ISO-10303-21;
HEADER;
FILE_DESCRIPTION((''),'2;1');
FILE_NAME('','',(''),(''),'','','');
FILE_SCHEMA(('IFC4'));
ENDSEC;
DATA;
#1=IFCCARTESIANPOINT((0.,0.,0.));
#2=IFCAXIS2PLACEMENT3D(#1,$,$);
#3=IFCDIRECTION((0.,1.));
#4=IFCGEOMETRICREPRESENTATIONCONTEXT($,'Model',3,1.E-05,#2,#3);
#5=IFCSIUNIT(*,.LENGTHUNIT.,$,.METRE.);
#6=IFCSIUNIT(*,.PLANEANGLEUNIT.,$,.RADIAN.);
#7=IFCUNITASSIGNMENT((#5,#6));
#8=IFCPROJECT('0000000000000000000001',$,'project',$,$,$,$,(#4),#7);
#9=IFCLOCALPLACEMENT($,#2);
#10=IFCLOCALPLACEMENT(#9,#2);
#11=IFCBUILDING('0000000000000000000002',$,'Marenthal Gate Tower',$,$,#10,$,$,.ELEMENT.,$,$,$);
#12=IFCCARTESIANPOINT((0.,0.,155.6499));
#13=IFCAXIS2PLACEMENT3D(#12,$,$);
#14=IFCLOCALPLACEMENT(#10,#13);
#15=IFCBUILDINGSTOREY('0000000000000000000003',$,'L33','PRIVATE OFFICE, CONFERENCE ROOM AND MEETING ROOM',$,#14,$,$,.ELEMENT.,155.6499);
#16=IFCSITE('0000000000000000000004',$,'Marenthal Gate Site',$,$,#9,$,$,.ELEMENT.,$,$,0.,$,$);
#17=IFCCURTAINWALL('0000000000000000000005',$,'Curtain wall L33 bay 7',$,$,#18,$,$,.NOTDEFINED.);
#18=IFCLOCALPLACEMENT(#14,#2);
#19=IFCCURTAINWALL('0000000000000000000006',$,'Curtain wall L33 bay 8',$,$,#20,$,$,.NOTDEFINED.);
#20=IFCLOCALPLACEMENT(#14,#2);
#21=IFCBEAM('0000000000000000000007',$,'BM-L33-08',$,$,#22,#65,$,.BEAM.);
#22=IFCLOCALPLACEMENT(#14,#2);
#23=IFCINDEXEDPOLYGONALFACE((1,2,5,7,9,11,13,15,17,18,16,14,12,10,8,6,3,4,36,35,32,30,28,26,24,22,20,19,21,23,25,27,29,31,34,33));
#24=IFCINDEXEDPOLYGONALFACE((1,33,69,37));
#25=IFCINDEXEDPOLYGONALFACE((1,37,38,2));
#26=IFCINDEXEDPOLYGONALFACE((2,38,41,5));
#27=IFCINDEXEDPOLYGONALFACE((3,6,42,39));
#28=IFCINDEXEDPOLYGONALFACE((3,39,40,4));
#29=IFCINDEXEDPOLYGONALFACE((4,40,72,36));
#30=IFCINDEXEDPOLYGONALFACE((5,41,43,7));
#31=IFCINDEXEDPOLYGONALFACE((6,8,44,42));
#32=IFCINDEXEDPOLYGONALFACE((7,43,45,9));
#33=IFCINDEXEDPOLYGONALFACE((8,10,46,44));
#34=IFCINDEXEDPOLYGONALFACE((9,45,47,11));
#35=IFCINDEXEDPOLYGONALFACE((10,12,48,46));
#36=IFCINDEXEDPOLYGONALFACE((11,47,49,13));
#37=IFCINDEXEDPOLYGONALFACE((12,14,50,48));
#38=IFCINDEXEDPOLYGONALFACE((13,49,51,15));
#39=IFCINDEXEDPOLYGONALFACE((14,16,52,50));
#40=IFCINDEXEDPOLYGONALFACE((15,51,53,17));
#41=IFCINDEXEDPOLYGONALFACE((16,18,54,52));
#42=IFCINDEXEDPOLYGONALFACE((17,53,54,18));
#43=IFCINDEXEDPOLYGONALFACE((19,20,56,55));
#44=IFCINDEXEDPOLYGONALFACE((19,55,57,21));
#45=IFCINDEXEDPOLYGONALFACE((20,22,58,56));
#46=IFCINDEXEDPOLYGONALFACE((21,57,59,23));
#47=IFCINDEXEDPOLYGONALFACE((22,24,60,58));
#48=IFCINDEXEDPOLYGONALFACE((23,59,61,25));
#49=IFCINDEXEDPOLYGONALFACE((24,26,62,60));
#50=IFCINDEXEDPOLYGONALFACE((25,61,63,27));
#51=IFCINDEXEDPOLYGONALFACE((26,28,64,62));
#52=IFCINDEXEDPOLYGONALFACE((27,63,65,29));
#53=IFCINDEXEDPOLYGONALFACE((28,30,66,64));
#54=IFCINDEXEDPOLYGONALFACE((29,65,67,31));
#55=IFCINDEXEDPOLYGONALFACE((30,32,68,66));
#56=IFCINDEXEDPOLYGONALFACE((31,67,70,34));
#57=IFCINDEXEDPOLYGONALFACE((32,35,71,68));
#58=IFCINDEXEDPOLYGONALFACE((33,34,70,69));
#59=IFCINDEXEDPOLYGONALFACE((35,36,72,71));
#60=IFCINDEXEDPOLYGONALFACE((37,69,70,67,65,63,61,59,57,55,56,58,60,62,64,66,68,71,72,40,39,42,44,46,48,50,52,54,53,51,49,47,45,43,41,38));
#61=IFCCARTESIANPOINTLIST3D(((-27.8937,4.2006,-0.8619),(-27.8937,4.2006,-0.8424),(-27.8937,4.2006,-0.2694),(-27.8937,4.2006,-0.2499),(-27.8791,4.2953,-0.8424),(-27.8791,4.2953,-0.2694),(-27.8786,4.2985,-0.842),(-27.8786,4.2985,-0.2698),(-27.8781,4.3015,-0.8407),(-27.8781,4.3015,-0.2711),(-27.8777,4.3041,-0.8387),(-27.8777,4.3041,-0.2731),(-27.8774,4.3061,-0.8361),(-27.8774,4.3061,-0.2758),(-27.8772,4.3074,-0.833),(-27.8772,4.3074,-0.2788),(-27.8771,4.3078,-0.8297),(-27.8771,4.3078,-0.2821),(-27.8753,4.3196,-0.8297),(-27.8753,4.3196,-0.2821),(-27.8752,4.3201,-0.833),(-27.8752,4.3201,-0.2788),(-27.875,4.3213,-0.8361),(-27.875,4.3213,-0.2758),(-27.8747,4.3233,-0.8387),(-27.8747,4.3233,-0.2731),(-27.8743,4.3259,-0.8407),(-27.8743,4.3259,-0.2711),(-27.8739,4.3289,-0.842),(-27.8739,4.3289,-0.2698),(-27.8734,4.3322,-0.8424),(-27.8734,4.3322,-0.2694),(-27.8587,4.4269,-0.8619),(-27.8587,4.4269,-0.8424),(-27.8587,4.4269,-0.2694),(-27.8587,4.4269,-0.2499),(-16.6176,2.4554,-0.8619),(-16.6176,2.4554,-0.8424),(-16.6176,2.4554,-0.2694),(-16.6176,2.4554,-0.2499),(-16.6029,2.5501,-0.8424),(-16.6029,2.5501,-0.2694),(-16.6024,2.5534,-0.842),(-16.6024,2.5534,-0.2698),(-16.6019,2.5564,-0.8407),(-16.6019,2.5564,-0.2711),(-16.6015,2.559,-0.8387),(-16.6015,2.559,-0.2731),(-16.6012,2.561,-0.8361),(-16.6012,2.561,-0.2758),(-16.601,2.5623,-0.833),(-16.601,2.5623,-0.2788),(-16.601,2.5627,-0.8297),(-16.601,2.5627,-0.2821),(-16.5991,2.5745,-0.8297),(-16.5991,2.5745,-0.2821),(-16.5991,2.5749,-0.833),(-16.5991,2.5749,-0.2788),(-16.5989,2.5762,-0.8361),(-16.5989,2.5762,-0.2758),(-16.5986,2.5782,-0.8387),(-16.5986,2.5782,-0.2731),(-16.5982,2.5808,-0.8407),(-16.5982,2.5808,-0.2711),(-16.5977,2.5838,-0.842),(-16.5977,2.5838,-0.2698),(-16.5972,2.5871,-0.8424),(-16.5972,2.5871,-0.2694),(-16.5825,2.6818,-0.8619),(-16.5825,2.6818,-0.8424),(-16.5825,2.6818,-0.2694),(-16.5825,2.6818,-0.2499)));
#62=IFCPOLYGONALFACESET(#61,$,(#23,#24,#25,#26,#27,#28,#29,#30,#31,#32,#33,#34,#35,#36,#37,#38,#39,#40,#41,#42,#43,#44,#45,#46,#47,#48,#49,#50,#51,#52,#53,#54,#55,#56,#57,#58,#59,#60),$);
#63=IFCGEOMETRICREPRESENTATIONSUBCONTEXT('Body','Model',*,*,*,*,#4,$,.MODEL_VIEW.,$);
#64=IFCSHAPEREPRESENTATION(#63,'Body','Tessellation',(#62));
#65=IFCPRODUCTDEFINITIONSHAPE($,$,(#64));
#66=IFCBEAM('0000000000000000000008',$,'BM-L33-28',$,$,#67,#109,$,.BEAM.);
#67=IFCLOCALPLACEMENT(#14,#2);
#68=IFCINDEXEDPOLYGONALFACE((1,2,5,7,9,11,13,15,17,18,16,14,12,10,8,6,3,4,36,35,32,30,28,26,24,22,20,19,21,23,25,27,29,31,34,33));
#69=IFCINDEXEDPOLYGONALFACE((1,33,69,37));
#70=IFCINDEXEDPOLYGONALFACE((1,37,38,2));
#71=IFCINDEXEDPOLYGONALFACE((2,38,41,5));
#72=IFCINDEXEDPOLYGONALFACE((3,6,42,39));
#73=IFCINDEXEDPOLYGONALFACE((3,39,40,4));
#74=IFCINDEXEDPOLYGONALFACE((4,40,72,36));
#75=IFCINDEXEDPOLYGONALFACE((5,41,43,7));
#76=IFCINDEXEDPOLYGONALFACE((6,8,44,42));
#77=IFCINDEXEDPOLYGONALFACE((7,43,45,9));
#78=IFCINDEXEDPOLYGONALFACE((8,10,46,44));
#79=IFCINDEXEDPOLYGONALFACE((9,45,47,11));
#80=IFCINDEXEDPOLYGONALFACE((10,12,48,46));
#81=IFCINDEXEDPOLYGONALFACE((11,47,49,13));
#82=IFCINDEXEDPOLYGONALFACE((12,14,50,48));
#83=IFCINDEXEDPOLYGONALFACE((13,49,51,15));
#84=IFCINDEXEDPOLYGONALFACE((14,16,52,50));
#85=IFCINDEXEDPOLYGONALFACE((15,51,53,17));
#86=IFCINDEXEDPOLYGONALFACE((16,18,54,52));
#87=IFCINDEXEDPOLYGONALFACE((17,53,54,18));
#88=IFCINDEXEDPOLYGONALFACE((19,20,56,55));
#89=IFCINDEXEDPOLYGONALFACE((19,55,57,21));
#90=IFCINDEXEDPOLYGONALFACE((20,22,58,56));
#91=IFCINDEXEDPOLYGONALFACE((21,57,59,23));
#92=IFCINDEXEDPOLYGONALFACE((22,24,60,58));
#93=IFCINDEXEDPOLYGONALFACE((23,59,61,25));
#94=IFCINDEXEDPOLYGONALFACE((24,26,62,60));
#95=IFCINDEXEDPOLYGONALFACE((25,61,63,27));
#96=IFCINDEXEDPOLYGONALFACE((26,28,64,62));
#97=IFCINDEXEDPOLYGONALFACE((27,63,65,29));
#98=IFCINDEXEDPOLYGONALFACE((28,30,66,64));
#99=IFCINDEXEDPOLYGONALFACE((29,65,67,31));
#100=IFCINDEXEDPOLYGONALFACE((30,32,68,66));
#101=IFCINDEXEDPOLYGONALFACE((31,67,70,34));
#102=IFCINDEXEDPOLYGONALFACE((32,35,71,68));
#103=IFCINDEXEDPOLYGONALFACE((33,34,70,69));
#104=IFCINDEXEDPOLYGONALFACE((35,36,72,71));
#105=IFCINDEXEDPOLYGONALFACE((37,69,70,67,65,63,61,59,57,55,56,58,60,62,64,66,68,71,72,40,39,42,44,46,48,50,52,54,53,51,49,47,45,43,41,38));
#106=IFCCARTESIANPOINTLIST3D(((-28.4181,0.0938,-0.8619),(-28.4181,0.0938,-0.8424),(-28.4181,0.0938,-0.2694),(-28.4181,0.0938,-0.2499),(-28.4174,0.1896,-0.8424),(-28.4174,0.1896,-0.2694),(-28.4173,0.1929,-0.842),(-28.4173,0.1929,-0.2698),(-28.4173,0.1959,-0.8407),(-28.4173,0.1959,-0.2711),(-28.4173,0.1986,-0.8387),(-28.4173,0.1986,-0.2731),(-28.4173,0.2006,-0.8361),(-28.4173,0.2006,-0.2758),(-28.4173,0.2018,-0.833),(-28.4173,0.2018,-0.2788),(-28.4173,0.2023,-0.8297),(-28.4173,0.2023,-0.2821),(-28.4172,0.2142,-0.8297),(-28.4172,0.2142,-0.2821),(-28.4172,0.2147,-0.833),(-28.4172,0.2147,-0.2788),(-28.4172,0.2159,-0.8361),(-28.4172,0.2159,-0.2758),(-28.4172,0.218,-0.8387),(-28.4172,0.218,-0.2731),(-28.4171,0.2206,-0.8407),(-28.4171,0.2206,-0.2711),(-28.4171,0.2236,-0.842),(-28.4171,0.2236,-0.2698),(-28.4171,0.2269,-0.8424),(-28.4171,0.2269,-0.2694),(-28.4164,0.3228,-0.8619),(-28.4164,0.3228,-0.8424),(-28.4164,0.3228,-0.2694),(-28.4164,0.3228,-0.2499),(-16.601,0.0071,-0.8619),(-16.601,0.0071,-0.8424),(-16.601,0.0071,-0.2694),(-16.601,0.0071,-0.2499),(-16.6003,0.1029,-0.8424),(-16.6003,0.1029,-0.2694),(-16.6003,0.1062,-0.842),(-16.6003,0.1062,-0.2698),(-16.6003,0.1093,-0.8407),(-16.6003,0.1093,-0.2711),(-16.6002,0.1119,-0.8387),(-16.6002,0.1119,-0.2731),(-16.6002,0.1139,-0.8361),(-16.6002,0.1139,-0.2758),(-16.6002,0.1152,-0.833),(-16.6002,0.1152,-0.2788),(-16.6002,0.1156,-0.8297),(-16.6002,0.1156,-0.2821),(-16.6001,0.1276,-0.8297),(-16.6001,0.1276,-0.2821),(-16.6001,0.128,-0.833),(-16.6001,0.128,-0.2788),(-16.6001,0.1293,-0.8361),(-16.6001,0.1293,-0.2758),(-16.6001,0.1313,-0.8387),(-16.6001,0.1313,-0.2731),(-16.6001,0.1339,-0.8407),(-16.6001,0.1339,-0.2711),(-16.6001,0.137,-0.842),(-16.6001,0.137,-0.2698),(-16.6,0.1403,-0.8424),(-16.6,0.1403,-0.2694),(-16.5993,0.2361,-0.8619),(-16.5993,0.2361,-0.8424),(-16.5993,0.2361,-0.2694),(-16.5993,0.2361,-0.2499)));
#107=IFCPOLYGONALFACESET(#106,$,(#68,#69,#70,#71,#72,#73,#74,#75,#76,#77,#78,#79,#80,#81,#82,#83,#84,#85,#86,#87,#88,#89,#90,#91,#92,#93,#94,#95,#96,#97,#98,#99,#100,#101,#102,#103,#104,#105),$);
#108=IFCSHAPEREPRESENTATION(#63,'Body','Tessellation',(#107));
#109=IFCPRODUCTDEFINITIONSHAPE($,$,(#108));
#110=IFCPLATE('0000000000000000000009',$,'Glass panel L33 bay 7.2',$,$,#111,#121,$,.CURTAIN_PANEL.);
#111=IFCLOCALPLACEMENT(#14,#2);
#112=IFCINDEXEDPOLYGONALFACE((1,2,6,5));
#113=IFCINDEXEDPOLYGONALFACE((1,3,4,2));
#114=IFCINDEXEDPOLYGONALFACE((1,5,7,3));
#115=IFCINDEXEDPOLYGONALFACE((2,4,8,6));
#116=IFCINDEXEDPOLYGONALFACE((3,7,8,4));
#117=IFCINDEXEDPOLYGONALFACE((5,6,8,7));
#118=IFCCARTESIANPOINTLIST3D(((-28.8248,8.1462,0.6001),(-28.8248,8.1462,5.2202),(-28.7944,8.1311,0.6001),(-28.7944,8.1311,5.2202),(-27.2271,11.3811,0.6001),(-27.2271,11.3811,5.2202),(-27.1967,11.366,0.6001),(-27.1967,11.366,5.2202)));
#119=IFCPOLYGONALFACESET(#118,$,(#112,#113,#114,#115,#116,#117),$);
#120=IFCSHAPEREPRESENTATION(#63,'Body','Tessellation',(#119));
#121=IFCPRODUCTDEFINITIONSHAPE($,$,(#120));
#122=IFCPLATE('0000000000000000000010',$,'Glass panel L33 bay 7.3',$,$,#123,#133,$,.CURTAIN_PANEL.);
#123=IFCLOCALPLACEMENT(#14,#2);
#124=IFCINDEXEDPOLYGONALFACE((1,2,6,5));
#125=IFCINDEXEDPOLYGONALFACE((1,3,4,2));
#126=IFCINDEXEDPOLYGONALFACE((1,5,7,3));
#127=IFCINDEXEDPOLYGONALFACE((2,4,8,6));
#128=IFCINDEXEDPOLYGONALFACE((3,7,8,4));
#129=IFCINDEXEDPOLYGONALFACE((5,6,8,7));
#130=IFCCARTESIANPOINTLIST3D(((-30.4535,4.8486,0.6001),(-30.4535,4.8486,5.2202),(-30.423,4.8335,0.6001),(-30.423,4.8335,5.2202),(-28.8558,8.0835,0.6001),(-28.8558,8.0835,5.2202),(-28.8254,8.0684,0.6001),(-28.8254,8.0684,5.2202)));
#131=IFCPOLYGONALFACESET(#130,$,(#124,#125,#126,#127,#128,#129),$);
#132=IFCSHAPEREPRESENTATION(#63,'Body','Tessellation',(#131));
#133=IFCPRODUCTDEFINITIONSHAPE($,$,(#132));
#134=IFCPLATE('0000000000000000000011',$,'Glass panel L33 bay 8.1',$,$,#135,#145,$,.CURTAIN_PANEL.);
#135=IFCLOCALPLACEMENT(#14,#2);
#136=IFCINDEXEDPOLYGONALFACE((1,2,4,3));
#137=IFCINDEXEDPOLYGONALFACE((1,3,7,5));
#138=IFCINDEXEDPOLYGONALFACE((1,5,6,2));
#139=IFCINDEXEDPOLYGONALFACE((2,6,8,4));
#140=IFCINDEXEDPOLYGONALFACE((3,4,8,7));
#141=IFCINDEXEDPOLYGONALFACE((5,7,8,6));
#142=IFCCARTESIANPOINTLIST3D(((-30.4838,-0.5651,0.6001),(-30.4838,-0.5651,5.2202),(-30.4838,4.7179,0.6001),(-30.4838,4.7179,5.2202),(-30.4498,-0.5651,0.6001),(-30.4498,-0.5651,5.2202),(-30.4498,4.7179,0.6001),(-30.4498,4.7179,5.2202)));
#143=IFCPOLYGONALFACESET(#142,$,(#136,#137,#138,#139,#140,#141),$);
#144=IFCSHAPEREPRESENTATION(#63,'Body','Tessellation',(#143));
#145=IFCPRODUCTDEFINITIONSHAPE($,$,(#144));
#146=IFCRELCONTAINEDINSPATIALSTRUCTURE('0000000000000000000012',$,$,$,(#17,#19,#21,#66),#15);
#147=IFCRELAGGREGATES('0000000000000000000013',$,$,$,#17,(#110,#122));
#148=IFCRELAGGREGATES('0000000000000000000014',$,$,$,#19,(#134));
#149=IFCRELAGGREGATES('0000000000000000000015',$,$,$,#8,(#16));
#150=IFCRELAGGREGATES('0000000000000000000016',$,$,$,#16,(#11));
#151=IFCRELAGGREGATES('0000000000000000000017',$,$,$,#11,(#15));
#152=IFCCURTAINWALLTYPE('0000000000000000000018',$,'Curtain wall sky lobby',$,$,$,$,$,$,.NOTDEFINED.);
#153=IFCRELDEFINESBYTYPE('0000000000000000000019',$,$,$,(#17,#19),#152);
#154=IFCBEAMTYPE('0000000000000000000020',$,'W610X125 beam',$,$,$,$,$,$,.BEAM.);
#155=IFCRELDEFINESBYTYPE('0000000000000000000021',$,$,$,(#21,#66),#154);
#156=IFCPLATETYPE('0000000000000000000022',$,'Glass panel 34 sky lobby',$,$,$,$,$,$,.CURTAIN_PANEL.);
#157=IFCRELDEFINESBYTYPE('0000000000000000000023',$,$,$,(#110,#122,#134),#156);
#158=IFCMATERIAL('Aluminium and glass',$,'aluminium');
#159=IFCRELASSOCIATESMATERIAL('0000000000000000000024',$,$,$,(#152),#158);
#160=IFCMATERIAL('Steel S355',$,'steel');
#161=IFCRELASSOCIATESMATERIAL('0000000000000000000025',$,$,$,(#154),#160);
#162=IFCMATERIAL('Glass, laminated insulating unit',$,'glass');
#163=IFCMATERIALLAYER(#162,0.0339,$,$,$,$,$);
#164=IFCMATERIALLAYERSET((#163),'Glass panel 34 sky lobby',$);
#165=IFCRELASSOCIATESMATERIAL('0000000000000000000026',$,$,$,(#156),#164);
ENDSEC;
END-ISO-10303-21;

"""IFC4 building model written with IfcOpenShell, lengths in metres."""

from ifc_helpers import new_model, si_unit, direction, frame, origin, origin_2d, place, context, subcontext, project, spatial, rectangle, i_section, extrude, material, layer, layer_set, material_profile, profile_set, type_object, element, aggregate, save


model = new_model("IFC4")

# Units and contexts
model_context = context("Model", 3, precision=1e-05, world=origin(), true_north=direction((0.0, 1.0)))
body_context = subcontext(model_context, "Body", "Model", "MODEL_VIEW")
ifc_project = project(units=[si_unit("LENGTHUNIT", "METRE"), si_unit("PLANEANGLEUNIT", "RADIAN")], contexts=[model_context])

# Site, building, storey
site_placement = place(None, origin())
site = spatial("IfcSite", under=ifc_project, at=site_placement, Name="Marenthal Gate Site", CompositionType="ELEMENT", RefElevation=0.0)
building_placement = place(site_placement, origin())
building = spatial("IfcBuilding", under=site, at=building_placement, Name="Marenthal Gate Tower", CompositionType="ELEMENT")
storey_placement = place(building_placement, frame((0.0, 0.0, 155.6499)))
storey = spatial("IfcBuildingStorey", under=building, at=storey_placement, Name="L33", Description="PRIVATE OFFICE, CONFERENCE ROOM AND MEETING ROOM", CompositionType="ELEMENT", Elevation=155.6499)

# Curtain walls
ifc_material_1 = material(Name="Aluminium and glass", Category="aluminium")
curtain_wall_type = type_object("IfcCurtainWallType", Name="Curtain wall sky lobby", PredefinedType="NOTDEFINED", material=ifc_material_1)
curtain_wall_1_placement = place(storey_placement, origin())
curtain_wall_1 = element("IfcCurtainWall", 1, at=curtain_wall_1_placement, inside=storey, type_object=curtain_wall_type, Name="Curtain wall L33 bay 7", PredefinedType="NOTDEFINED")
curtain_wall_2_placement = place(storey_placement, origin())
curtain_wall_2 = element("IfcCurtainWall", 2, at=curtain_wall_2_placement, inside=storey, type_object=curtain_wall_type, Name="Curtain wall L33 bay 8", PredefinedType="NOTDEFINED")

# Beams
ifc_material_2 = material(Name="Steel S355", Category="steel")
ifc_material_profile_1 = material_profile(ifc_material_2, i_section(OverallWidth=0.229, OverallDepth=0.6121, WebThickness=0.012, FlangeThickness=0.0195, FilletRadius=0.0127, at=origin_2d()), Name="W610X125")
ifc_profile_set_1 = profile_set([ifc_material_profile_1], Name="Steel S355")
beam_type_1 = type_object("IfcBeamType", Name="W610X125 beam", PredefinedType="BEAM", material=ifc_profile_set_1)
beam_1_placement = place(storey_placement, frame((-27.8762, 4.3137, -0.5559), z_axis=(0.988235, -0.152941, 0.0), x_axis=(0.152941, 0.988235, 0.0)))
element("IfcBeam", 3, at=beam_1_placement, inside=storey, type_object=beam_type_1, Name="BM-L33-08", PredefinedType="BEAM", context=body_context, shape_type="SweptSolid", body=[
    extrude(i_section(OverallWidth=0.229, OverallDepth=0.6121, WebThickness=0.012, FlangeThickness=0.0195, FilletRadius=0.0127, at=origin_2d()), origin(), (0.0, 0.0, 1.0), 11.4104),
])
beam_2_placement = place(storey_placement, frame((-28.4172, 0.2083, -0.5559), z_axis=(0.999973, -0.007334, 0.0), x_axis=(0.007334, 0.999973, 0.0)))
element("IfcBeam", 4, at=beam_2_placement, inside=storey, type_object=beam_type_1, Name="BM-L33-28", PredefinedType="BEAM", context=body_context, shape_type="SweptSolid", body=[
    extrude(i_section(OverallWidth=0.229, OverallDepth=0.6121, WebThickness=0.012, FlangeThickness=0.0195, FilletRadius=0.0127, at=origin_2d()), origin(), (0.0, 0.0, 1.0), 11.8174),
])

# Plates
ifc_material_3 = material(Name="Glass, laminated insulating unit", Category="glass")
ifc_layer_1 = layer(ifc_material_3, 0.0339)
ifc_layer_set_1 = layer_set([ifc_layer_1], Name="Glass panel 34 sky lobby")
plate_type = type_object("IfcPlateType", Name="Glass panel 34 sky lobby", PredefinedType="CURTAIN_PANEL", material=ifc_layer_set_1)
plate_1_placement = place(storey_placement, frame((-28.0107, 9.7561, 0.6001), z_axis=(0.0, 0.0, 1.0), x_axis=(-0.442824, -0.896609, 0.0)))
plate_1 = element("IfcPlate", 5, at=plate_1_placement, type_object=plate_type, Name="Glass panel L33 bay 7.2", PredefinedType="CURTAIN_PANEL", context=body_context, shape_type="SweptSolid", body=[
    extrude(rectangle(XDim=3.6079, YDim=0.0339, at=origin_2d()), origin(), (0.0, 0.0, 1.0), 4.6201),
])
plate_2_placement = place(storey_placement, frame((-29.6394, 6.4585, 0.6001), z_axis=(0.0, 0.0, 1.0), x_axis=(-0.442824, -0.896609, 0.0)))
plate_2 = element("IfcPlate", 6, at=plate_2_placement, type_object=plate_type, Name="Glass panel L33 bay 7.3", PredefinedType="CURTAIN_PANEL", context=body_context, shape_type="SweptSolid", body=[
    extrude(rectangle(XDim=3.6079, YDim=0.0339, at=origin_2d()), origin(), (0.0, 0.0, 1.0), 4.6201),
])
aggregate(curtain_wall_1, [plate_1, plate_2])
plate_3_placement = place(storey_placement, frame((-30.4668, 2.0764, 0.6001), z_axis=(0.0, 0.0, 1.0), x_axis=(0.0, -1.0, 0.0)))
plate_3 = element("IfcPlate", 7, at=plate_3_placement, type_object=plate_type, Name="Glass panel L33 bay 8.1", PredefinedType="CURTAIN_PANEL", context=body_context, shape_type="SweptSolid", body=[
    extrude(rectangle(XDim=5.283, YDim=0.0339, at=origin_2d()), origin(), (0.0, 0.0, 1.0), 4.6201),
])
aggregate(curtain_wall_2, [plate_3])

save(model, "model.ifc")
